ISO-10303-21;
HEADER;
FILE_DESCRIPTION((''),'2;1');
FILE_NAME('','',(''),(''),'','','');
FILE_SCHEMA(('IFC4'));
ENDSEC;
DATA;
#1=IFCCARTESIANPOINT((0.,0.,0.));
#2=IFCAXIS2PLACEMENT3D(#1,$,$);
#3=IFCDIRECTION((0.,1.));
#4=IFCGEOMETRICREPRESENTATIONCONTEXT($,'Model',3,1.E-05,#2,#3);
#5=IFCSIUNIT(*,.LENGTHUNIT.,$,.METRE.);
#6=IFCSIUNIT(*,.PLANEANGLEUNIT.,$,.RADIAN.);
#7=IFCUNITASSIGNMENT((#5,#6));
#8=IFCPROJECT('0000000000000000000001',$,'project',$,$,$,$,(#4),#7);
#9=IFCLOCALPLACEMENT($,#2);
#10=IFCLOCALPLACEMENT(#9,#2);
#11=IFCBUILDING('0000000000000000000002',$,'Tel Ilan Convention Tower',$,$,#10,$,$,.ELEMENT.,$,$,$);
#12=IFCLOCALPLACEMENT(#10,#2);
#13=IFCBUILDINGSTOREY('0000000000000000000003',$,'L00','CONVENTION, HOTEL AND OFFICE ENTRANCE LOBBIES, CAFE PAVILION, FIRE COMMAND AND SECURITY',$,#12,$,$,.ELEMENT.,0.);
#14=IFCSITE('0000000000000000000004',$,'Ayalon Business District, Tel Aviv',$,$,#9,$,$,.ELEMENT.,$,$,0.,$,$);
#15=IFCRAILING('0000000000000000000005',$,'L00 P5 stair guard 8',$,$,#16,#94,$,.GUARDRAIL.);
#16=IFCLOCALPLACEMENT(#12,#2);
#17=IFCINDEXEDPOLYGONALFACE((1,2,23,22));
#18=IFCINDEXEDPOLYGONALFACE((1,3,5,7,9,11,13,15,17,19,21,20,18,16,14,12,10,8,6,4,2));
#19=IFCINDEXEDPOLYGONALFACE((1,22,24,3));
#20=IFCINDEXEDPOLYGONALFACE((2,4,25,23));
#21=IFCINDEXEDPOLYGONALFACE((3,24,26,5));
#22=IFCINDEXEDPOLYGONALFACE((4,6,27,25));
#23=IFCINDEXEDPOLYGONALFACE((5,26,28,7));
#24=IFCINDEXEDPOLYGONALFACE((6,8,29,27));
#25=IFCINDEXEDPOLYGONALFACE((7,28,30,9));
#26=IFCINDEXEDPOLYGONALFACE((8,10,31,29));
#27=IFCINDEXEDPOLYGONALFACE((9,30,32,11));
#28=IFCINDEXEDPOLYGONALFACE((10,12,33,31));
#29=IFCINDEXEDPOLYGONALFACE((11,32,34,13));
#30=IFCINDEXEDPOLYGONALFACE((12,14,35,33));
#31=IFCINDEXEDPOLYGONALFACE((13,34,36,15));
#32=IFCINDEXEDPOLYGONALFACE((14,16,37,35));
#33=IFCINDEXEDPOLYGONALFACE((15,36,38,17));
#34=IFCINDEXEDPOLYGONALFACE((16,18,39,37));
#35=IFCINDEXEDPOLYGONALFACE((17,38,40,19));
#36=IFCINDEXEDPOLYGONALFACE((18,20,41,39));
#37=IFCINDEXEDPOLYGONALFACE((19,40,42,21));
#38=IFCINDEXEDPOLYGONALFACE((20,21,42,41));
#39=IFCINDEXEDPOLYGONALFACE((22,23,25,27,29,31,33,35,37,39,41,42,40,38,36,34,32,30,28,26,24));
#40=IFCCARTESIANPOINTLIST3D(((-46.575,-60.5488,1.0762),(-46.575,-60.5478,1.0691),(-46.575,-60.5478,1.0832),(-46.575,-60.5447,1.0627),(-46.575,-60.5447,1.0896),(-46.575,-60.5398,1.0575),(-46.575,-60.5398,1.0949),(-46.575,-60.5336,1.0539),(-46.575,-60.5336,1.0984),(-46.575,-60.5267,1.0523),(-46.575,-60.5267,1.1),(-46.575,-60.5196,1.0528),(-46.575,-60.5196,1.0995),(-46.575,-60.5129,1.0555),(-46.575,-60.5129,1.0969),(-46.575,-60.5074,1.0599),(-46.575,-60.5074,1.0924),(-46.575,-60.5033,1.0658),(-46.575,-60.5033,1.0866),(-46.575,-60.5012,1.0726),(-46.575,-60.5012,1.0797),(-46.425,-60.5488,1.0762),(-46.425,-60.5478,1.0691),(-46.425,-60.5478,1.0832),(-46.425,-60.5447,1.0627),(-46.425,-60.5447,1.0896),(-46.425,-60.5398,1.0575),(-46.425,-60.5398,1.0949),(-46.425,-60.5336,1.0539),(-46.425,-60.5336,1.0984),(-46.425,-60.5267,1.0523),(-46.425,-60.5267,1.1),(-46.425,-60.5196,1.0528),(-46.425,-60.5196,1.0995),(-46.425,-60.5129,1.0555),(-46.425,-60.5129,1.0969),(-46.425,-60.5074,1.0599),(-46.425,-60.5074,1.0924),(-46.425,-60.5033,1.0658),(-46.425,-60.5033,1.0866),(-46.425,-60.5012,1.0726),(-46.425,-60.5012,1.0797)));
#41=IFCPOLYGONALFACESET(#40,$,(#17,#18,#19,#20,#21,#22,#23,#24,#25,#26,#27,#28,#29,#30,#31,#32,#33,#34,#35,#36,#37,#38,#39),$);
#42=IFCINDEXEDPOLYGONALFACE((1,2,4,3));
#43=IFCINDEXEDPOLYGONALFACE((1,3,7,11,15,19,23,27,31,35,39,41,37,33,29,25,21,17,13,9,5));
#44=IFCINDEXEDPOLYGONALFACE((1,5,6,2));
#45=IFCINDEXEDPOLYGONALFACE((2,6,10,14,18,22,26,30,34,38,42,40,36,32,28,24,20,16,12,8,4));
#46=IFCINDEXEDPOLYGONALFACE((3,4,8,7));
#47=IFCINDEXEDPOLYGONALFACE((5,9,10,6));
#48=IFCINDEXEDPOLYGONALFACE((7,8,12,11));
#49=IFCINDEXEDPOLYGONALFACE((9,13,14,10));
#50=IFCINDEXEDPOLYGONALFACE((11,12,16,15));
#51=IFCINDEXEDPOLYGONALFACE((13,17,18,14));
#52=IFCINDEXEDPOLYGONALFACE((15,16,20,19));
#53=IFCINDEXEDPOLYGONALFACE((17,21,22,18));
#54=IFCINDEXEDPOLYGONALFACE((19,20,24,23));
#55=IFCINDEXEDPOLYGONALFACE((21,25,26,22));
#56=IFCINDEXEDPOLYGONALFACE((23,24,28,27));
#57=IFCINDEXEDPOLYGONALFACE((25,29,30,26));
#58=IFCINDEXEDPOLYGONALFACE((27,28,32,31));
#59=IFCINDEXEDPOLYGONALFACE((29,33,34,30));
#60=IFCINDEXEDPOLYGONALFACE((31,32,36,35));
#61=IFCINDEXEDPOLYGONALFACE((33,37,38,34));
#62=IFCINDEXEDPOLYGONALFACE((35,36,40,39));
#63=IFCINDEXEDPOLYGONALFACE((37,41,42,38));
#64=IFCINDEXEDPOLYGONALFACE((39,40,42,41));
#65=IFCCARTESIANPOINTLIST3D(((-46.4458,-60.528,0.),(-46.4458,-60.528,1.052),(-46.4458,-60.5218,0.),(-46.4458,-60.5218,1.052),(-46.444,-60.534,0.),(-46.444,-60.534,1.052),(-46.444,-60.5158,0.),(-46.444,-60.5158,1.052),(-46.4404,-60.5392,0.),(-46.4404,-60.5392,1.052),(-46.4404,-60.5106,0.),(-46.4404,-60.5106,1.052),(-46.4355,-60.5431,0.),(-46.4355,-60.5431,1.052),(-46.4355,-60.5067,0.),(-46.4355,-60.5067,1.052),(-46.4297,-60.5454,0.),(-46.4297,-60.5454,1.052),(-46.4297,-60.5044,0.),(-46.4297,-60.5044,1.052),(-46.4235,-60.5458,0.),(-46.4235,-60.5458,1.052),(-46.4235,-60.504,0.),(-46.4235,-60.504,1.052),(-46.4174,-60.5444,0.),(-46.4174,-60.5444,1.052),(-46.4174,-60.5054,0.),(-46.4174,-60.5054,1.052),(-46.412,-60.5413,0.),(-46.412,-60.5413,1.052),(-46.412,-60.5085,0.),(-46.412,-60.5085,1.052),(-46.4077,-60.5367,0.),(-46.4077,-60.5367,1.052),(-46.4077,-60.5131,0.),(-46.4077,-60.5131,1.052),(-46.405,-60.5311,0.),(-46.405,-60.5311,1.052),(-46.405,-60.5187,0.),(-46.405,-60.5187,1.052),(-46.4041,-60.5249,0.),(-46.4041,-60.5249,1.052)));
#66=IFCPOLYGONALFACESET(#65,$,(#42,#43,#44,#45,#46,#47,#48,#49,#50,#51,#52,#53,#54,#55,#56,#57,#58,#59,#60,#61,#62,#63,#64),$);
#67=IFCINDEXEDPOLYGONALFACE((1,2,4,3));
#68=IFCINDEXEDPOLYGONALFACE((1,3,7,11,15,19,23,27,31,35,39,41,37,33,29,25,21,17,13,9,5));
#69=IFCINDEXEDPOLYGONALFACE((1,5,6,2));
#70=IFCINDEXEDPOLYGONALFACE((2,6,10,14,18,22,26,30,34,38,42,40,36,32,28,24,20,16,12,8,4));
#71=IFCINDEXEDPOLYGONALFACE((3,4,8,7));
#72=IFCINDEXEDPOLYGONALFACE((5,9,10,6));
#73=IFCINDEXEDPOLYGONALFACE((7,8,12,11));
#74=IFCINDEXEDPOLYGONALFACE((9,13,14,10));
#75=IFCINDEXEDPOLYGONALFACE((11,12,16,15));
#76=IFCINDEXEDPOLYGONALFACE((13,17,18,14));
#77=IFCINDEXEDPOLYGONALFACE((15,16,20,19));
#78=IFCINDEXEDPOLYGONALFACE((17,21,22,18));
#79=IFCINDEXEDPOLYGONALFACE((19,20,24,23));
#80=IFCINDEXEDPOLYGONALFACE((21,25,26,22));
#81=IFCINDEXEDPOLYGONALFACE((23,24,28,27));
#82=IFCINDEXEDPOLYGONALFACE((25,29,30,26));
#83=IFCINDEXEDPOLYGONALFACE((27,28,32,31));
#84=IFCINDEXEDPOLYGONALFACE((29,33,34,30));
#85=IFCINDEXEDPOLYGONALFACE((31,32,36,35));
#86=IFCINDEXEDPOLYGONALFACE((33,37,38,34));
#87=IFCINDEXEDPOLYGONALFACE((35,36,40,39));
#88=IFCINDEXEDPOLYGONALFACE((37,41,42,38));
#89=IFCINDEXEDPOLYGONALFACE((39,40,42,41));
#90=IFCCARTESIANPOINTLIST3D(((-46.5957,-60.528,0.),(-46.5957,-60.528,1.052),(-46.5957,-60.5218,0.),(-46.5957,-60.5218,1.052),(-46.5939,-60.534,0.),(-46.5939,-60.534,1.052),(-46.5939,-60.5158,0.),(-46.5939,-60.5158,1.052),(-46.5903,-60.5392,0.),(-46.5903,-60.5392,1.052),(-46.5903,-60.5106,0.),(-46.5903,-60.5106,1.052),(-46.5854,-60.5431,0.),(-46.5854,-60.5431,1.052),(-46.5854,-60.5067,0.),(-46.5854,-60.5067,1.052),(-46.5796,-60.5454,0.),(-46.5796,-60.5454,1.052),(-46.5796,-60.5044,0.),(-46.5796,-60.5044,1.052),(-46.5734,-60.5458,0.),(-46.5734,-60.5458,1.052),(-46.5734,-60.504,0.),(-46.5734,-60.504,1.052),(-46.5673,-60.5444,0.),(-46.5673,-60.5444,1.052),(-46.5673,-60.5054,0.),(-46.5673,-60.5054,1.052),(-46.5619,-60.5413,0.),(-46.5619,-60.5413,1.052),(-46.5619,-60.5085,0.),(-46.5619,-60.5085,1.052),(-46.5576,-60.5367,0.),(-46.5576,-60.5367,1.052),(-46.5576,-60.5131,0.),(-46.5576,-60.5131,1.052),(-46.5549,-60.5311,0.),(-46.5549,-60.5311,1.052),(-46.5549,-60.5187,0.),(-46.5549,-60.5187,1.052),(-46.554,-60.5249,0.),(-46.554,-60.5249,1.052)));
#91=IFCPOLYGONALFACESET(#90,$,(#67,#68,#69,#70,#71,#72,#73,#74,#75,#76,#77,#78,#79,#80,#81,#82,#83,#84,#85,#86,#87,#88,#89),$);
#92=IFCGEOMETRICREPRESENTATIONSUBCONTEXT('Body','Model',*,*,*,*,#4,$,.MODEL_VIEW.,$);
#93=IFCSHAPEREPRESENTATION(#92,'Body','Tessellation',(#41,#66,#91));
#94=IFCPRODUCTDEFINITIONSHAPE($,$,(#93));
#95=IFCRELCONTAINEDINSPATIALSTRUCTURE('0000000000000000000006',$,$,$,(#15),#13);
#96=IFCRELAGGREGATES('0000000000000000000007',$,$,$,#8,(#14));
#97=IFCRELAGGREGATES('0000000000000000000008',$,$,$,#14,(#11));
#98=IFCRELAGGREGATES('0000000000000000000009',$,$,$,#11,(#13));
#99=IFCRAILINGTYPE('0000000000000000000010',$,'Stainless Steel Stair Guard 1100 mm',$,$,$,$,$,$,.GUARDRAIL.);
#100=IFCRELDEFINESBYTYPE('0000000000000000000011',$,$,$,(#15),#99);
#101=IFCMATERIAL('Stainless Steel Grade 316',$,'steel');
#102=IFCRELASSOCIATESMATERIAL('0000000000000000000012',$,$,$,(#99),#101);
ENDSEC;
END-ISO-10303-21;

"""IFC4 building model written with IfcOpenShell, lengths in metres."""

from ifc_helpers import new_model, si_unit, direction, frame, origin, origin_2d, place, context, subcontext, project, spatial, circle, extrude, material, type_object, element, save


model = new_model("IFC4")

# Units and contexts
model_context = context("Model", 3, precision=1e-05, world=origin(), true_north=direction((0.0, 1.0)))
body_context = subcontext(model_context, "Body", "Model", "MODEL_VIEW")
ifc_project = project(units=[si_unit("LENGTHUNIT", "METRE"), si_unit("PLANEANGLEUNIT", "RADIAN")], contexts=[model_context])

# Site, building, storey
site_placement = place(None, origin())
site = spatial("IfcSite", under=ifc_project, at=site_placement, Name="Ayalon Business District, Tel Aviv", CompositionType="ELEMENT", RefElevation=0.0)
building_placement = place(site_placement, origin())
building = spatial("IfcBuilding", under=site, at=building_placement, Name="Tel Ilan Convention Tower", CompositionType="ELEMENT")
storey_placement = place(building_placement, origin())
storey = spatial("IfcBuildingStorey", under=building, at=storey_placement, Name="L00", Description="CONVENTION, HOTEL AND OFFICE ENTRANCE LOBBIES, CAFE PAVILION, FIRE COMMAND AND SECURITY", CompositionType="ELEMENT", Elevation=0.0)

# Railing
ifc_material_1 = material(Name="Stainless Steel Grade 316", Category="steel")
railing_type_1 = type_object("IfcRailingType", Name="Stainless Steel Stair Guard 1100 mm", PredefinedType="GUARDRAIL", material=ifc_material_1)
railing_1_placement = place(storey_placement, frame((-46.425, -60.5249, 0.0)))
element("IfcRailing", 1, at=railing_1_placement, inside=storey, type_object=railing_type_1, Name="L00 P5 stair guard 8", PredefinedType="GUARDRAIL", context=body_context, shape_type="SweptSolid", body=[
    extrude(circle(Radius=0.0239, at=origin_2d()), frame((0.0, 0.0, 1.0762), z_axis=(-1.0, 0.0, 0.0), x_axis=(0.0, -1.0, 0.0)), (0.0, 0.0, 1.0), 0.1499),
    extrude(circle(Radius=0.021, at=origin_2d()), origin(), (0.0, 0.0, 1.0), 1.052),
    extrude(circle(Radius=0.021, at=origin_2d()), frame((-0.1499, 0.0, 0.0)), (0.0, 0.0, 1.0), 1.052),
])

save(model, "model.ifc")
